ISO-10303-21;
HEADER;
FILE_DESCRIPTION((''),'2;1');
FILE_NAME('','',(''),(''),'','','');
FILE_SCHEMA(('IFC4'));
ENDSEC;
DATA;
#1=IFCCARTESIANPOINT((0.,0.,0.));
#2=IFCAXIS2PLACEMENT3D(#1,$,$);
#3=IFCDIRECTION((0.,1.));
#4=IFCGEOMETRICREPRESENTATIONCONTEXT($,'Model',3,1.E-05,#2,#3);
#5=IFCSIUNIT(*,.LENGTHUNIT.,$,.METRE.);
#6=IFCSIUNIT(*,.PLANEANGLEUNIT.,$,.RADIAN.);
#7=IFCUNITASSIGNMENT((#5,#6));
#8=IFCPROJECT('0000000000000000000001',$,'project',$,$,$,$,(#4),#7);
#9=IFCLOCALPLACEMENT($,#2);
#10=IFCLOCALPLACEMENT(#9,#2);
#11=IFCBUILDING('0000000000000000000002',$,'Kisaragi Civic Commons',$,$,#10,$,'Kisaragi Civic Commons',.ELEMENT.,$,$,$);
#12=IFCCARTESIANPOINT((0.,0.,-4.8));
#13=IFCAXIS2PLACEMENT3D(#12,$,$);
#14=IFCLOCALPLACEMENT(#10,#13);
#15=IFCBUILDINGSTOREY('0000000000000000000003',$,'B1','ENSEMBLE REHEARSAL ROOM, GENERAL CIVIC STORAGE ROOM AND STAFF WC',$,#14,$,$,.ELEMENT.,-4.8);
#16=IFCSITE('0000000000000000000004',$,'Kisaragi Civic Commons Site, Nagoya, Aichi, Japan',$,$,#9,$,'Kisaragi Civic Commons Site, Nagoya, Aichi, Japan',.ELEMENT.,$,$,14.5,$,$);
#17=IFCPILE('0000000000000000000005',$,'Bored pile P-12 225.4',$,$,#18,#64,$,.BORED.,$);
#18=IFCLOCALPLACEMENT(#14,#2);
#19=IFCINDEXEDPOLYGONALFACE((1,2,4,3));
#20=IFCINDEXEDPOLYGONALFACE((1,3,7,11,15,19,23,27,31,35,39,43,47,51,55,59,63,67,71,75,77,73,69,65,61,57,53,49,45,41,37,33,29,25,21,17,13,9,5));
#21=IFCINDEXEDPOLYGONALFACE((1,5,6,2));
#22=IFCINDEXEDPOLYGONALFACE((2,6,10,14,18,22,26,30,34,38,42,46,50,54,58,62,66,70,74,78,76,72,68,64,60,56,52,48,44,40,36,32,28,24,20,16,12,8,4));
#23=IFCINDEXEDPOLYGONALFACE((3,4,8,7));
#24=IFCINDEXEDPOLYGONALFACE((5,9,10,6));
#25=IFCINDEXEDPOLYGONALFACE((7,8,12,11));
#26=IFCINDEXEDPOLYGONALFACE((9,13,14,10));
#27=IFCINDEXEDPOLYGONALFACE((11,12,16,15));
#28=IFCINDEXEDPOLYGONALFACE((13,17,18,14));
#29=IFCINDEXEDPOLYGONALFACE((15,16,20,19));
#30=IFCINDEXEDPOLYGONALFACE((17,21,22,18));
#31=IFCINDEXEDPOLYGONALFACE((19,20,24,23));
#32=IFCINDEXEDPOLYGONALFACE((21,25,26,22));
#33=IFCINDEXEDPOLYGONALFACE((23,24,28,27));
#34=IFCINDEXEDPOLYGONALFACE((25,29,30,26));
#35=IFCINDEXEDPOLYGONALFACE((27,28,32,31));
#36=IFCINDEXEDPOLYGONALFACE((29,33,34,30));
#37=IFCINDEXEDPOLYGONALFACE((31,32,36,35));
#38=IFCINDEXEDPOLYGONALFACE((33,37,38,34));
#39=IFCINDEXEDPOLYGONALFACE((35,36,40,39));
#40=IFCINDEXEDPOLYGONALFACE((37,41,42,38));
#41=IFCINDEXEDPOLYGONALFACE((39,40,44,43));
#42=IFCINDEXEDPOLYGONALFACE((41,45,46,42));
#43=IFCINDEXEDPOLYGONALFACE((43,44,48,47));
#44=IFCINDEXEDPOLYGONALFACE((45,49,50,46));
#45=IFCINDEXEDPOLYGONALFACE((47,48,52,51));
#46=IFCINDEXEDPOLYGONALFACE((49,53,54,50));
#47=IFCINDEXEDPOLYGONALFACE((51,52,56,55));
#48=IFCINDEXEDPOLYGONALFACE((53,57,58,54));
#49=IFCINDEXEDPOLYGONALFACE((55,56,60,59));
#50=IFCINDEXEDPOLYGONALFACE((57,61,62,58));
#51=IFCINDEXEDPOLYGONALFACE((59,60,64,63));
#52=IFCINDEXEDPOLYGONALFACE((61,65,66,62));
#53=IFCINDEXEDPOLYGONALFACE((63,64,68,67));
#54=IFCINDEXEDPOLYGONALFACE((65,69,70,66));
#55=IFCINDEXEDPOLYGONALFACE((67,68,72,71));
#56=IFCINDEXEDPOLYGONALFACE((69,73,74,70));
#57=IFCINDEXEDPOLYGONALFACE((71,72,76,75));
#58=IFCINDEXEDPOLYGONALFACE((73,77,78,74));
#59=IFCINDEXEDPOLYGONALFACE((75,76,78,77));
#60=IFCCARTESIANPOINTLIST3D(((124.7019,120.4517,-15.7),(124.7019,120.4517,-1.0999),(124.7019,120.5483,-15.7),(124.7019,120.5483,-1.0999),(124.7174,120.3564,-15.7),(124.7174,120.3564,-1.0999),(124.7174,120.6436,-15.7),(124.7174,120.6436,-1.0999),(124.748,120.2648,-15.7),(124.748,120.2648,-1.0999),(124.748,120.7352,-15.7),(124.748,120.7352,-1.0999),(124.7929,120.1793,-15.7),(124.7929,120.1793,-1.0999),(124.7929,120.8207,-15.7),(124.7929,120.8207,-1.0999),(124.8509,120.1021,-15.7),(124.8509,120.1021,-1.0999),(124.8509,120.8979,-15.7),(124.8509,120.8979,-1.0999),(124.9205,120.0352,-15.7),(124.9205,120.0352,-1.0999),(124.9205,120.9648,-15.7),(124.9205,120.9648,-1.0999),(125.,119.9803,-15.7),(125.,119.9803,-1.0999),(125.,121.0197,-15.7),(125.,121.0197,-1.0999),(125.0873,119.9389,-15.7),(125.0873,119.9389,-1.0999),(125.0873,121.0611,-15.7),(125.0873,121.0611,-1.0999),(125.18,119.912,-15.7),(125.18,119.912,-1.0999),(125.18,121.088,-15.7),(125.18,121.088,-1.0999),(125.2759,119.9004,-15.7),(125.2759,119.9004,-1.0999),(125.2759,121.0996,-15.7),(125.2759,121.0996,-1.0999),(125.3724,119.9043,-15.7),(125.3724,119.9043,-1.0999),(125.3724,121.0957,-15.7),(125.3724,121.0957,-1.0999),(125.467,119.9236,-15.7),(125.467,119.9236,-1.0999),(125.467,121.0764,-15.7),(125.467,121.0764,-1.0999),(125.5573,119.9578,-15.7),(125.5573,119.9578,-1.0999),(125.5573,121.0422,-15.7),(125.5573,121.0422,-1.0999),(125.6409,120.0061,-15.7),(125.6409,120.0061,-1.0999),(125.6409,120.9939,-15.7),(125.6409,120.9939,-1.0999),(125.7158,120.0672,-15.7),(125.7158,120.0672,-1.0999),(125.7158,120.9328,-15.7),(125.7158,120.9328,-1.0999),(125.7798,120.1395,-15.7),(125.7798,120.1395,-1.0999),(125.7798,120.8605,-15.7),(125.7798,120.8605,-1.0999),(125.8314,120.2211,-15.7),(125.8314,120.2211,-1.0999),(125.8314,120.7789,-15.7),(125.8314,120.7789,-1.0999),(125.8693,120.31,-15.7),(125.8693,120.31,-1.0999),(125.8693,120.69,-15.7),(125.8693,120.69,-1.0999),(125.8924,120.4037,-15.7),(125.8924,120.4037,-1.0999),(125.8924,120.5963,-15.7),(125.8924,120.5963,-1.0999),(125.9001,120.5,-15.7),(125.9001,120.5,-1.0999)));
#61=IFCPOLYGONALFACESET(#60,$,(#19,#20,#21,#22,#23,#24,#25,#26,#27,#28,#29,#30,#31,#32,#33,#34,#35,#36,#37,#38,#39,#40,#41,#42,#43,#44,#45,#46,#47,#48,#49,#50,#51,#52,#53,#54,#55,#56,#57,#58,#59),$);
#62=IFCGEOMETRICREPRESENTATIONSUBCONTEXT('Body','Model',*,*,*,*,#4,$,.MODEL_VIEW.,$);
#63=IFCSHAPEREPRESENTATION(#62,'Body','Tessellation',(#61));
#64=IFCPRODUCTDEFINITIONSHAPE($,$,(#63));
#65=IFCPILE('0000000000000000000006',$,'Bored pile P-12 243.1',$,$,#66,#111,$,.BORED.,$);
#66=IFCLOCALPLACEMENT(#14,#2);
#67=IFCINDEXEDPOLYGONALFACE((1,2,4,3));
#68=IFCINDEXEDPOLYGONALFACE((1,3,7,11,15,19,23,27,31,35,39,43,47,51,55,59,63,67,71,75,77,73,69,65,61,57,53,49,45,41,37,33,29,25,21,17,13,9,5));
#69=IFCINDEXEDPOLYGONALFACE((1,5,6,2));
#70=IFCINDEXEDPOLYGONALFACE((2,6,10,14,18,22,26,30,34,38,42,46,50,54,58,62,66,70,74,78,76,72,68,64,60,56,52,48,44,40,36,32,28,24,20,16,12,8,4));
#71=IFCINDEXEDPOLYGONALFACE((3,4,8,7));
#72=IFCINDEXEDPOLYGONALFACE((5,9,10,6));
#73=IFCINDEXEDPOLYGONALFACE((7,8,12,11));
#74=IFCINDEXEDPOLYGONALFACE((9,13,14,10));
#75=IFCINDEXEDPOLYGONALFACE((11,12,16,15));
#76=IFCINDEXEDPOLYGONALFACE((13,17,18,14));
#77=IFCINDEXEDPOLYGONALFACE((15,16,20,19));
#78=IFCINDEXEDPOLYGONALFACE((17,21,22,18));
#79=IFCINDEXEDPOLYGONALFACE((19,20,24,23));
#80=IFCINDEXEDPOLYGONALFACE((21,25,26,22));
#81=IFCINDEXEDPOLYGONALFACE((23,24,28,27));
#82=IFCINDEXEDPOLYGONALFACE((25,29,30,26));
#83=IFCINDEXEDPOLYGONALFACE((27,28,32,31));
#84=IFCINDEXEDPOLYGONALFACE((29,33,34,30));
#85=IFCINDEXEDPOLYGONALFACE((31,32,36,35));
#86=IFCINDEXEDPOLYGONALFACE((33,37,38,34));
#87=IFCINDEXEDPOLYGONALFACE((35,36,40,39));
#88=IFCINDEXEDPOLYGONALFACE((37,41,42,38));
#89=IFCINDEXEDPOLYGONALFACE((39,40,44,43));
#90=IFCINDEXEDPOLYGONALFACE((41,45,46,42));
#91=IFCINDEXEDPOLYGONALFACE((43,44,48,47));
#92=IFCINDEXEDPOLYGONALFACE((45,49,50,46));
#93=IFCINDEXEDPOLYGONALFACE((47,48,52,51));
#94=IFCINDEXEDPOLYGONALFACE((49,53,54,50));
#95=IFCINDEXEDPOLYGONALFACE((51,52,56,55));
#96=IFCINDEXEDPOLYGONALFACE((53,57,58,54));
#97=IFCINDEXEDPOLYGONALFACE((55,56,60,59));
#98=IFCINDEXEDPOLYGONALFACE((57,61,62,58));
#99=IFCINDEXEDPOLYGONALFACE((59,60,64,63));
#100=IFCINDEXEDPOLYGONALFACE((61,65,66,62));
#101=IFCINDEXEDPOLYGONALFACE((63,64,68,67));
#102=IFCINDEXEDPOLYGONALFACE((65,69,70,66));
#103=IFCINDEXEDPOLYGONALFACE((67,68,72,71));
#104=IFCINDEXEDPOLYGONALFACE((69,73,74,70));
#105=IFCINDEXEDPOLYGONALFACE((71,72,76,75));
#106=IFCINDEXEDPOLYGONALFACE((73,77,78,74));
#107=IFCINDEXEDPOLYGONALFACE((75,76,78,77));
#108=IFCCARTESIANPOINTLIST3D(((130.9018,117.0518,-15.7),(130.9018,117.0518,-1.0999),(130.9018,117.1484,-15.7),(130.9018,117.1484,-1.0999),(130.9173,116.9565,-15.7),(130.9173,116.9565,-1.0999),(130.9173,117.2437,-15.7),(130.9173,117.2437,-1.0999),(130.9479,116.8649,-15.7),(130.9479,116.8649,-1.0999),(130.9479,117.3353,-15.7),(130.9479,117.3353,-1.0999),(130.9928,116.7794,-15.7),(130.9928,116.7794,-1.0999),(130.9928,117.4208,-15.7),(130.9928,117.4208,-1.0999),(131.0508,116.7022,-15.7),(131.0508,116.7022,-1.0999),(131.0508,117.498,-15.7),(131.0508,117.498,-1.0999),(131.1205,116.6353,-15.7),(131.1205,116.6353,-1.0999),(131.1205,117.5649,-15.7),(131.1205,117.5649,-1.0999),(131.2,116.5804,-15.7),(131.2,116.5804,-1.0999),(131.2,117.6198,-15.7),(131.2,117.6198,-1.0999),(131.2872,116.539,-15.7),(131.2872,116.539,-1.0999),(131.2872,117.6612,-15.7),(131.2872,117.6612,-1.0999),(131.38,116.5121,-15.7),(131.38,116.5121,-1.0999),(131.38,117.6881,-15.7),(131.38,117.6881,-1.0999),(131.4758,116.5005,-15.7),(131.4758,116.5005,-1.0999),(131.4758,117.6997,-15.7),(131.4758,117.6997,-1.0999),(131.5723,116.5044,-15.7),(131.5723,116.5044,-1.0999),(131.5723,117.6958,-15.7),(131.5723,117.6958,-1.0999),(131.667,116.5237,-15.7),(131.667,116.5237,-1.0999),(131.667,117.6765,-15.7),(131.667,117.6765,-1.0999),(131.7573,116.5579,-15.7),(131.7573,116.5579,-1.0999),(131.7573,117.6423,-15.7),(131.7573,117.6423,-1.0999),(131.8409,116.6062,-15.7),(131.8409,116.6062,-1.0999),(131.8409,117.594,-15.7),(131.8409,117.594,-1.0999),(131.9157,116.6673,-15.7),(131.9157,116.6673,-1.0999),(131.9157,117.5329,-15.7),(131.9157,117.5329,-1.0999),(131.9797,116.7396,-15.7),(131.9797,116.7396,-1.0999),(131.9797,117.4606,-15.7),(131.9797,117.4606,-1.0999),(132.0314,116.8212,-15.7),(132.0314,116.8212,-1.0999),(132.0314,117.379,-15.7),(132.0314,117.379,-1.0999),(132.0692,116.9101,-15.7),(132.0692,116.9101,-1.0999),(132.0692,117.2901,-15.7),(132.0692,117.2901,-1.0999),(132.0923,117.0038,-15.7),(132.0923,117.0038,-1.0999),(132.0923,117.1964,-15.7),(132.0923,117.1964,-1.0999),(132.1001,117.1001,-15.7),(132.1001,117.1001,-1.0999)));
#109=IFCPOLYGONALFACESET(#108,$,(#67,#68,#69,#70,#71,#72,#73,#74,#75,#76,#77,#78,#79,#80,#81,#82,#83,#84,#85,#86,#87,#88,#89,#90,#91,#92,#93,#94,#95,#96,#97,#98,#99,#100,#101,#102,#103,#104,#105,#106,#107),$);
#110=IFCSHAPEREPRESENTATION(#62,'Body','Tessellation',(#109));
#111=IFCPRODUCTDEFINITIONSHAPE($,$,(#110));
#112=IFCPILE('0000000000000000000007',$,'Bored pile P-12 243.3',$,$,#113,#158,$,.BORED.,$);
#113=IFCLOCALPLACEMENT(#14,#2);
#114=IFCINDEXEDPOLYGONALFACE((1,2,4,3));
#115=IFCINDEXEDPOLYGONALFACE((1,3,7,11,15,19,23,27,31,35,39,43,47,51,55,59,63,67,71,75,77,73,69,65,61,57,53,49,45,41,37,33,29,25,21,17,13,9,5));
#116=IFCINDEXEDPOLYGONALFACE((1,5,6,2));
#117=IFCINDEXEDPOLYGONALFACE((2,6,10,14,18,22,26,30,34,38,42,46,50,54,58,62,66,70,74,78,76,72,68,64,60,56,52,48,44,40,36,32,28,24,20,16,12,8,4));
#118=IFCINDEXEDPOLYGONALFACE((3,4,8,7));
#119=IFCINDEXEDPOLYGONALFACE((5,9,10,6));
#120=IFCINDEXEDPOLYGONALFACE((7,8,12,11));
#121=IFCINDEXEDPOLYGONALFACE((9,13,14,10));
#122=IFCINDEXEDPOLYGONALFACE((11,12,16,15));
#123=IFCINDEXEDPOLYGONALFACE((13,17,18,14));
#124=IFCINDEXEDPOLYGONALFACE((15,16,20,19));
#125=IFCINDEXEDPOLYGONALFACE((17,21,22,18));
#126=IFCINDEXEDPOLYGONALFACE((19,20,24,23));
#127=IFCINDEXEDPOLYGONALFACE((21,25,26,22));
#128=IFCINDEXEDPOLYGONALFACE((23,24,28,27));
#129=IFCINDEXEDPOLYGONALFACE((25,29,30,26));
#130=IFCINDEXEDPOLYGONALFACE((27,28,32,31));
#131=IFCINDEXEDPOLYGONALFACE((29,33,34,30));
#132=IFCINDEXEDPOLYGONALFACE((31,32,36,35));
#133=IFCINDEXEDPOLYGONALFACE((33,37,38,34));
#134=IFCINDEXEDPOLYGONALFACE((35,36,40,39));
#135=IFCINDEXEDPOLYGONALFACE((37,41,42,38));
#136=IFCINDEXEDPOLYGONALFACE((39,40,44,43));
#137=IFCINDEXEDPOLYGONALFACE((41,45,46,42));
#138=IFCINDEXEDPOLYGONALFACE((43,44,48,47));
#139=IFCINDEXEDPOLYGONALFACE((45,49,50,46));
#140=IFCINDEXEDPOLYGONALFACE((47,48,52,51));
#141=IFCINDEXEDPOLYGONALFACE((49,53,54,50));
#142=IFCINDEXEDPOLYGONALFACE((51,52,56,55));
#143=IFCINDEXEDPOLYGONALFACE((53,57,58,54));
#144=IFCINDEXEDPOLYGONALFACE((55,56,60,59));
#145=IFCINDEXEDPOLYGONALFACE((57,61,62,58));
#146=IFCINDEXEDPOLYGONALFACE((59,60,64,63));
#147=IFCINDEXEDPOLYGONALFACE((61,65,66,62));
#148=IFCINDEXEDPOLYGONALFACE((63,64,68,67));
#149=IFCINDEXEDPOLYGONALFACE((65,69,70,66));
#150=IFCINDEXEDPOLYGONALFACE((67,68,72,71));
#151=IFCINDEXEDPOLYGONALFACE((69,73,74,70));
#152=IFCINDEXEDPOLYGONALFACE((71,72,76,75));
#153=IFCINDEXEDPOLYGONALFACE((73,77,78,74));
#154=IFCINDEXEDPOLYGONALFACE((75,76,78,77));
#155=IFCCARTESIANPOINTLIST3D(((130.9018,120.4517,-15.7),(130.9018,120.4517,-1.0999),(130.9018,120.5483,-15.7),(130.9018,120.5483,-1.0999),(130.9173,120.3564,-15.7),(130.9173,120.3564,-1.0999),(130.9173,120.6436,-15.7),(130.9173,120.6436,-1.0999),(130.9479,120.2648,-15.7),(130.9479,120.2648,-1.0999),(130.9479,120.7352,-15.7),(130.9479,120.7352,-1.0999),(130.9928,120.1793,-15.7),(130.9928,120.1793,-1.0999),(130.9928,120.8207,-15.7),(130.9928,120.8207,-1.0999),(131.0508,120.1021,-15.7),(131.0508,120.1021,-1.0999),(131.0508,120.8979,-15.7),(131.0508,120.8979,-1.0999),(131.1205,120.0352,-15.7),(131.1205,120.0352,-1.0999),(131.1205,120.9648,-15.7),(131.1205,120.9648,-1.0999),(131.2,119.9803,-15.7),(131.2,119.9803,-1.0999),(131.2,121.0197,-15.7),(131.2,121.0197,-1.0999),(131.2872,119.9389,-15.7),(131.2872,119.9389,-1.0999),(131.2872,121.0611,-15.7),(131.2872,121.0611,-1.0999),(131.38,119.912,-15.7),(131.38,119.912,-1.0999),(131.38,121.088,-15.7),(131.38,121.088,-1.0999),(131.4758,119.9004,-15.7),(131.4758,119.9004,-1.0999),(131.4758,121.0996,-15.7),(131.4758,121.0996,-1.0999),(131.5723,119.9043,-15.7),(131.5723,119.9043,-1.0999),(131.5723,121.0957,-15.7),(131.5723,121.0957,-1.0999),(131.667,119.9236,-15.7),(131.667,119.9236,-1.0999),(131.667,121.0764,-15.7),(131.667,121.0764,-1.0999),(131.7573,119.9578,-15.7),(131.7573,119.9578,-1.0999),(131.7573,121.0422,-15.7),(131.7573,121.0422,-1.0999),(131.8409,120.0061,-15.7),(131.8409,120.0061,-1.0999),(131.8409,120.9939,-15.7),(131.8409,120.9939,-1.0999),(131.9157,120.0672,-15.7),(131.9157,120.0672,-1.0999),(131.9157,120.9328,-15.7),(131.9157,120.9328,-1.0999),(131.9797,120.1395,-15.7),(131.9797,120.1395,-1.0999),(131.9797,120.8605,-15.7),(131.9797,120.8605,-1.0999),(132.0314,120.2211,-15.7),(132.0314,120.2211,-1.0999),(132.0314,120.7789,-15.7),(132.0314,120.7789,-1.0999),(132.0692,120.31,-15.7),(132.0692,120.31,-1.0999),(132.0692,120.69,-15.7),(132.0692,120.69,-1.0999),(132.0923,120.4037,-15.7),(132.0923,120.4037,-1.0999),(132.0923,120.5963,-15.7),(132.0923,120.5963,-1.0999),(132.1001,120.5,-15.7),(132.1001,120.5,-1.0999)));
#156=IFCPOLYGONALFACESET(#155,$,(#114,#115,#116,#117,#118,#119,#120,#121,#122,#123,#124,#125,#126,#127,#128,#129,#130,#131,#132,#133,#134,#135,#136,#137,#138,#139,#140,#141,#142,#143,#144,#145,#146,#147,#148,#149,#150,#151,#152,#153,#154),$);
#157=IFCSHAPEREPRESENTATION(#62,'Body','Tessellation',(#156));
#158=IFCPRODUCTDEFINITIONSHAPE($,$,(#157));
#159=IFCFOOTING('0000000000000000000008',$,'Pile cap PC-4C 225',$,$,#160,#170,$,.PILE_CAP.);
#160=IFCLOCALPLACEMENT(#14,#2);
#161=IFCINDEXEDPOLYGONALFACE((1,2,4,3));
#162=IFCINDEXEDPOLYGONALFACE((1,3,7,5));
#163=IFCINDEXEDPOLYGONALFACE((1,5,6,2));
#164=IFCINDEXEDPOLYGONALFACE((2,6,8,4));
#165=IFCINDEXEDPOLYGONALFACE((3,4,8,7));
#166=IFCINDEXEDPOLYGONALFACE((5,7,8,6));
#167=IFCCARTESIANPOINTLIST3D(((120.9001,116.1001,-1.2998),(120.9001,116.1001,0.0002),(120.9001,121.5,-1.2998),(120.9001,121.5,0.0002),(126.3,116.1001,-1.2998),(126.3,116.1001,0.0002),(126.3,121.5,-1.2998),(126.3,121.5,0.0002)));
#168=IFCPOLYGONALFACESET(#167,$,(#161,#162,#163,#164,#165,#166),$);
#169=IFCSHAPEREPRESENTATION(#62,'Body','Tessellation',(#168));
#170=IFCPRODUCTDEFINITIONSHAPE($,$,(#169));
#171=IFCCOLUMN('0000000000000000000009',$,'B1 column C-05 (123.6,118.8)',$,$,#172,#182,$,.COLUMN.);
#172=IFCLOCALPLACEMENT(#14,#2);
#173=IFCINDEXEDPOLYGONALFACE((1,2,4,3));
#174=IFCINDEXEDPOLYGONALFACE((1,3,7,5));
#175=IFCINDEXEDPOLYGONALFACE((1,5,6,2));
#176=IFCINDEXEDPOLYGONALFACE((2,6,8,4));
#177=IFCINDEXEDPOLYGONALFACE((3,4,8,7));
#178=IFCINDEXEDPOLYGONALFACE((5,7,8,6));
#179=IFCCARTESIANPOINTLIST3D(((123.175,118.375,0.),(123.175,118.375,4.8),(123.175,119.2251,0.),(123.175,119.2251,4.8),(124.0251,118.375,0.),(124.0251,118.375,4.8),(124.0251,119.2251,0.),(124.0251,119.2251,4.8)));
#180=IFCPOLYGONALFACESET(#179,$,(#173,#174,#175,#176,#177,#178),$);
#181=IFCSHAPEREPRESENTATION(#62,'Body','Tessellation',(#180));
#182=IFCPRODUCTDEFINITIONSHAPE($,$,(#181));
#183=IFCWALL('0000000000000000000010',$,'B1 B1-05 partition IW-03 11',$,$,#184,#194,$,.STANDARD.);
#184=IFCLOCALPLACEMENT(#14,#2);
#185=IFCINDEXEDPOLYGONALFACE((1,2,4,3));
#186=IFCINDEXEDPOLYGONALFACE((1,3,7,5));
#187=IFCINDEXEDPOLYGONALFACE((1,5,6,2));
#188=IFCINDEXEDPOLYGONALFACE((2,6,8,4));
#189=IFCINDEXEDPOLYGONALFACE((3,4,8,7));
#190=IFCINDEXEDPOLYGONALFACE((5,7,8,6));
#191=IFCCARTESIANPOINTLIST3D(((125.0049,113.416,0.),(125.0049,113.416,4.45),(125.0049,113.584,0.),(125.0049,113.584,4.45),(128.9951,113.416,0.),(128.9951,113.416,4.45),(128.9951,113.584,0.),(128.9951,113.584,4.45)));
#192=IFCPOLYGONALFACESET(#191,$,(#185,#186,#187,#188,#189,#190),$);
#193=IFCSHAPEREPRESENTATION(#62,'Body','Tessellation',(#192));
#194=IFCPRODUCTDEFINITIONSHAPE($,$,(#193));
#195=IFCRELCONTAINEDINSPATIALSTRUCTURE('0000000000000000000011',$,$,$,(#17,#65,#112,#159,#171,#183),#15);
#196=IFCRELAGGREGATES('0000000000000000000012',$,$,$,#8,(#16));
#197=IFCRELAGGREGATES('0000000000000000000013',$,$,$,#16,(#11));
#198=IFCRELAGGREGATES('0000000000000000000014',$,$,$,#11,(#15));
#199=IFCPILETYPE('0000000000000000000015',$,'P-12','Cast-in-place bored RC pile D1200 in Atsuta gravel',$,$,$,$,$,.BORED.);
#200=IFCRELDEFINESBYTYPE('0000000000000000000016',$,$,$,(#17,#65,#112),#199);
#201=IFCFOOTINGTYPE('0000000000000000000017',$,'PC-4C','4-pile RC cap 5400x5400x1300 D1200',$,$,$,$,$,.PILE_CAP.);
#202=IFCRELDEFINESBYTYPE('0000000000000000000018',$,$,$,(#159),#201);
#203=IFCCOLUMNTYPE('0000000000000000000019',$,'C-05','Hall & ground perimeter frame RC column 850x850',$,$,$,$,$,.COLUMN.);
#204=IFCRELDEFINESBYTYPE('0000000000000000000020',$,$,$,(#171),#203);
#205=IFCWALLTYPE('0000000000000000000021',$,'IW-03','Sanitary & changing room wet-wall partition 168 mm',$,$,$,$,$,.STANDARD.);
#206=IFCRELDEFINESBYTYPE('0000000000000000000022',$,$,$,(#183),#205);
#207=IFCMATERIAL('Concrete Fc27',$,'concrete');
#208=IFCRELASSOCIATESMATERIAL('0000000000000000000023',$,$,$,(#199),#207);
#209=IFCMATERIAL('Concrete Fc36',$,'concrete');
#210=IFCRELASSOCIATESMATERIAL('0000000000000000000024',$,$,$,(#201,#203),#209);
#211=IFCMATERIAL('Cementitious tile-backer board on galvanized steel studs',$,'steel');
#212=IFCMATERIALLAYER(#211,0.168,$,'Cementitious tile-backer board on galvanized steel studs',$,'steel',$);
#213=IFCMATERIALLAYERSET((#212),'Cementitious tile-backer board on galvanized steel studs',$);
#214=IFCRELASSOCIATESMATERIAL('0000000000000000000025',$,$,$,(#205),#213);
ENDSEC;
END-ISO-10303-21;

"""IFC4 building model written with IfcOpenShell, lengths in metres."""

from ifc_helpers import new_model, si_unit, direction, frame, frame_2d, origin, origin_2d, place, context, subcontext, project, spatial, rectangle, circle, extrude, material, layer, layer_set, material_profile, profile_set, type_object, element, save


model = new_model("IFC4")

# Units and contexts
model_context = context("Model", 3, precision=1e-05, world=origin(), true_north=direction((0.0, 1.0)))
body_context = subcontext(model_context, "Body", "Model", "MODEL_VIEW")
ifc_project = project(units=[si_unit("LENGTHUNIT", "METRE"), si_unit("PLANEANGLEUNIT", "RADIAN")], contexts=[model_context])

# Site, building, storey
site_placement = place(None, origin())
site = spatial("IfcSite", under=ifc_project, at=site_placement, Name="Kisaragi Civic Commons Site, Nagoya, Aichi, Japan", LongName="Kisaragi Civic Commons Site, Nagoya, Aichi, Japan", CompositionType="ELEMENT", RefElevation=14.5)
building_placement = place(site_placement, origin())
building = spatial("IfcBuilding", under=site, at=building_placement, Name="Kisaragi Civic Commons", LongName="Kisaragi Civic Commons", CompositionType="ELEMENT")
storey_placement = place(building_placement, frame((0.0, 0.0, -4.8)))
storey = spatial("IfcBuildingStorey", under=building, at=storey_placement, Name="B1", Description="ENSEMBLE REHEARSAL ROOM, GENERAL CIVIC STORAGE ROOM AND STAFF WC", CompositionType="ELEMENT", Elevation=-4.8)

# Shared definitions
ifc_material_1 = material(Name="Concrete Fc27", Category="concrete")

# Piles
ifc_material_profile_1 = material_profile(ifc_material_1, circle(Radius=0.6001, at=origin_2d()), Name="PILE-D1200", Category="concrete")
ifc_profile_set_1 = profile_set([ifc_material_profile_1], Name="Concrete Fc27")
pile_type = type_object("IfcPileType", Name="P-12", Description="Cast-in-place bored RC pile D1200 in Atsuta gravel", PredefinedType="BORED", material=ifc_profile_set_1)
for number, where, z_axis, x_axis, name in (
    (1, (125.3, 120.5, -1.0999), (0.0, 0.0, -1.0), (1.0, 0.0, 0.0), "Bored pile P-12 225.4"),
    (2, (131.5, 117.1001, -1.0999), (0.0, 0.0, -1.0), (1.0, 0.0, 0.0), "Bored pile P-12 243.1"),
    (3, (131.5, 120.5, -1.0999), (0.0, 0.0, -1.0), (1.0, 0.0, 0.0), "Bored pile P-12 243.3"),
):
    element("IfcPile", number, at=place(storey_placement, frame(where, z_axis=z_axis, x_axis=x_axis)), inside=storey, type_object=pile_type, Name=name, PredefinedType="BORED", context=body_context, shape_type="SweptSolid", body=[
        extrude(circle(Radius=0.6001, at=origin_2d()), origin(), (0.0, 0.0, 1.0), 14.6001),
    ])

# Footing
ifc_material_2 = material(Name="Concrete Fc36", Category="concrete")
footing_type_1 = type_object("IfcFootingType", Name="PC-4C", Description="4-pile RC cap 5400x5400x1300 D1200", PredefinedType="PILE_CAP", material=ifc_material_2)
footing_1_placement = place(storey_placement, frame((123.6001, 118.8, -1.2998), z_axis=(0.0, 0.0, 1.0), x_axis=(1.0, 0.0, 0.0)))
element("IfcFooting", 4, at=footing_1_placement, inside=storey, type_object=footing_type_1, Name="Pile cap PC-4C 225", PredefinedType="PILE_CAP", context=body_context, shape_type="SweptSolid", body=[
    extrude(rectangle(XDim=5.3999, YDim=5.3999, at=origin_2d()), origin(), (0.0, 0.0, 1.0), 1.3),
])

# Column
ifc_material_profile_2 = material_profile(ifc_material_2, rectangle(XDim=0.8501, YDim=0.8501, at=origin_2d()), Name="RC-850x850", Category="concrete")
ifc_profile_set_2 = profile_set([ifc_material_profile_2], Name="Concrete Fc36")
column_type = type_object("IfcColumnType", Name="C-05", Description="Hall & ground perimeter frame RC column 850x850", PredefinedType="COLUMN", material=ifc_profile_set_2)
column_placement = place(storey_placement, frame((123.6001, 118.8, 0.0), z_axis=(0.0, 0.0, 1.0), x_axis=(1.0, 0.0, 0.0)))
element("IfcColumn", 5, at=column_placement, inside=storey, type_object=column_type, Name="B1 column C-05 (123.6,118.8)", PredefinedType="COLUMN", context=body_context, shape_type="SweptSolid", body=[
    extrude(rectangle(XDim=0.8501, YDim=0.8501, at=origin_2d()), origin(), (0.0, 0.0, 1.0), 4.8),
])

# Wall
ifc_material_3 = material(Name="Cementitious tile-backer board on galvanized steel studs", Category="steel")
ifc_layer_1 = layer(ifc_material_3, 0.168, Name="Cementitious tile-backer board on galvanized steel studs", Category="steel")
ifc_layer_set_1 = layer_set([ifc_layer_1], Name="Cementitious tile-backer board on galvanized steel studs")
wall_type_1 = type_object("IfcWallType", Name="IW-03", Description="Sanitary & changing room wet-wall partition 168 mm", PredefinedType="STANDARD", material=ifc_layer_set_1)
wall_1_placement = place(storey_placement, frame((125.0049, 113.5, 0.0), z_axis=(0.0, 0.0, 1.0), x_axis=(1.0, 0.0, 0.0)))
element("IfcWall", 6, at=wall_1_placement, inside=storey, type_object=wall_type_1, Name="B1 B1-05 partition IW-03 11", PredefinedType="STANDARD", context=body_context, shape_type="SweptSolid", body=[
    extrude(rectangle(XDim=3.9902, YDim=0.168, at=frame_2d((1.9951, 0.0))), origin(), (0.0, 0.0, 1.0), 4.45),
])

save(model, "model.ifc")
